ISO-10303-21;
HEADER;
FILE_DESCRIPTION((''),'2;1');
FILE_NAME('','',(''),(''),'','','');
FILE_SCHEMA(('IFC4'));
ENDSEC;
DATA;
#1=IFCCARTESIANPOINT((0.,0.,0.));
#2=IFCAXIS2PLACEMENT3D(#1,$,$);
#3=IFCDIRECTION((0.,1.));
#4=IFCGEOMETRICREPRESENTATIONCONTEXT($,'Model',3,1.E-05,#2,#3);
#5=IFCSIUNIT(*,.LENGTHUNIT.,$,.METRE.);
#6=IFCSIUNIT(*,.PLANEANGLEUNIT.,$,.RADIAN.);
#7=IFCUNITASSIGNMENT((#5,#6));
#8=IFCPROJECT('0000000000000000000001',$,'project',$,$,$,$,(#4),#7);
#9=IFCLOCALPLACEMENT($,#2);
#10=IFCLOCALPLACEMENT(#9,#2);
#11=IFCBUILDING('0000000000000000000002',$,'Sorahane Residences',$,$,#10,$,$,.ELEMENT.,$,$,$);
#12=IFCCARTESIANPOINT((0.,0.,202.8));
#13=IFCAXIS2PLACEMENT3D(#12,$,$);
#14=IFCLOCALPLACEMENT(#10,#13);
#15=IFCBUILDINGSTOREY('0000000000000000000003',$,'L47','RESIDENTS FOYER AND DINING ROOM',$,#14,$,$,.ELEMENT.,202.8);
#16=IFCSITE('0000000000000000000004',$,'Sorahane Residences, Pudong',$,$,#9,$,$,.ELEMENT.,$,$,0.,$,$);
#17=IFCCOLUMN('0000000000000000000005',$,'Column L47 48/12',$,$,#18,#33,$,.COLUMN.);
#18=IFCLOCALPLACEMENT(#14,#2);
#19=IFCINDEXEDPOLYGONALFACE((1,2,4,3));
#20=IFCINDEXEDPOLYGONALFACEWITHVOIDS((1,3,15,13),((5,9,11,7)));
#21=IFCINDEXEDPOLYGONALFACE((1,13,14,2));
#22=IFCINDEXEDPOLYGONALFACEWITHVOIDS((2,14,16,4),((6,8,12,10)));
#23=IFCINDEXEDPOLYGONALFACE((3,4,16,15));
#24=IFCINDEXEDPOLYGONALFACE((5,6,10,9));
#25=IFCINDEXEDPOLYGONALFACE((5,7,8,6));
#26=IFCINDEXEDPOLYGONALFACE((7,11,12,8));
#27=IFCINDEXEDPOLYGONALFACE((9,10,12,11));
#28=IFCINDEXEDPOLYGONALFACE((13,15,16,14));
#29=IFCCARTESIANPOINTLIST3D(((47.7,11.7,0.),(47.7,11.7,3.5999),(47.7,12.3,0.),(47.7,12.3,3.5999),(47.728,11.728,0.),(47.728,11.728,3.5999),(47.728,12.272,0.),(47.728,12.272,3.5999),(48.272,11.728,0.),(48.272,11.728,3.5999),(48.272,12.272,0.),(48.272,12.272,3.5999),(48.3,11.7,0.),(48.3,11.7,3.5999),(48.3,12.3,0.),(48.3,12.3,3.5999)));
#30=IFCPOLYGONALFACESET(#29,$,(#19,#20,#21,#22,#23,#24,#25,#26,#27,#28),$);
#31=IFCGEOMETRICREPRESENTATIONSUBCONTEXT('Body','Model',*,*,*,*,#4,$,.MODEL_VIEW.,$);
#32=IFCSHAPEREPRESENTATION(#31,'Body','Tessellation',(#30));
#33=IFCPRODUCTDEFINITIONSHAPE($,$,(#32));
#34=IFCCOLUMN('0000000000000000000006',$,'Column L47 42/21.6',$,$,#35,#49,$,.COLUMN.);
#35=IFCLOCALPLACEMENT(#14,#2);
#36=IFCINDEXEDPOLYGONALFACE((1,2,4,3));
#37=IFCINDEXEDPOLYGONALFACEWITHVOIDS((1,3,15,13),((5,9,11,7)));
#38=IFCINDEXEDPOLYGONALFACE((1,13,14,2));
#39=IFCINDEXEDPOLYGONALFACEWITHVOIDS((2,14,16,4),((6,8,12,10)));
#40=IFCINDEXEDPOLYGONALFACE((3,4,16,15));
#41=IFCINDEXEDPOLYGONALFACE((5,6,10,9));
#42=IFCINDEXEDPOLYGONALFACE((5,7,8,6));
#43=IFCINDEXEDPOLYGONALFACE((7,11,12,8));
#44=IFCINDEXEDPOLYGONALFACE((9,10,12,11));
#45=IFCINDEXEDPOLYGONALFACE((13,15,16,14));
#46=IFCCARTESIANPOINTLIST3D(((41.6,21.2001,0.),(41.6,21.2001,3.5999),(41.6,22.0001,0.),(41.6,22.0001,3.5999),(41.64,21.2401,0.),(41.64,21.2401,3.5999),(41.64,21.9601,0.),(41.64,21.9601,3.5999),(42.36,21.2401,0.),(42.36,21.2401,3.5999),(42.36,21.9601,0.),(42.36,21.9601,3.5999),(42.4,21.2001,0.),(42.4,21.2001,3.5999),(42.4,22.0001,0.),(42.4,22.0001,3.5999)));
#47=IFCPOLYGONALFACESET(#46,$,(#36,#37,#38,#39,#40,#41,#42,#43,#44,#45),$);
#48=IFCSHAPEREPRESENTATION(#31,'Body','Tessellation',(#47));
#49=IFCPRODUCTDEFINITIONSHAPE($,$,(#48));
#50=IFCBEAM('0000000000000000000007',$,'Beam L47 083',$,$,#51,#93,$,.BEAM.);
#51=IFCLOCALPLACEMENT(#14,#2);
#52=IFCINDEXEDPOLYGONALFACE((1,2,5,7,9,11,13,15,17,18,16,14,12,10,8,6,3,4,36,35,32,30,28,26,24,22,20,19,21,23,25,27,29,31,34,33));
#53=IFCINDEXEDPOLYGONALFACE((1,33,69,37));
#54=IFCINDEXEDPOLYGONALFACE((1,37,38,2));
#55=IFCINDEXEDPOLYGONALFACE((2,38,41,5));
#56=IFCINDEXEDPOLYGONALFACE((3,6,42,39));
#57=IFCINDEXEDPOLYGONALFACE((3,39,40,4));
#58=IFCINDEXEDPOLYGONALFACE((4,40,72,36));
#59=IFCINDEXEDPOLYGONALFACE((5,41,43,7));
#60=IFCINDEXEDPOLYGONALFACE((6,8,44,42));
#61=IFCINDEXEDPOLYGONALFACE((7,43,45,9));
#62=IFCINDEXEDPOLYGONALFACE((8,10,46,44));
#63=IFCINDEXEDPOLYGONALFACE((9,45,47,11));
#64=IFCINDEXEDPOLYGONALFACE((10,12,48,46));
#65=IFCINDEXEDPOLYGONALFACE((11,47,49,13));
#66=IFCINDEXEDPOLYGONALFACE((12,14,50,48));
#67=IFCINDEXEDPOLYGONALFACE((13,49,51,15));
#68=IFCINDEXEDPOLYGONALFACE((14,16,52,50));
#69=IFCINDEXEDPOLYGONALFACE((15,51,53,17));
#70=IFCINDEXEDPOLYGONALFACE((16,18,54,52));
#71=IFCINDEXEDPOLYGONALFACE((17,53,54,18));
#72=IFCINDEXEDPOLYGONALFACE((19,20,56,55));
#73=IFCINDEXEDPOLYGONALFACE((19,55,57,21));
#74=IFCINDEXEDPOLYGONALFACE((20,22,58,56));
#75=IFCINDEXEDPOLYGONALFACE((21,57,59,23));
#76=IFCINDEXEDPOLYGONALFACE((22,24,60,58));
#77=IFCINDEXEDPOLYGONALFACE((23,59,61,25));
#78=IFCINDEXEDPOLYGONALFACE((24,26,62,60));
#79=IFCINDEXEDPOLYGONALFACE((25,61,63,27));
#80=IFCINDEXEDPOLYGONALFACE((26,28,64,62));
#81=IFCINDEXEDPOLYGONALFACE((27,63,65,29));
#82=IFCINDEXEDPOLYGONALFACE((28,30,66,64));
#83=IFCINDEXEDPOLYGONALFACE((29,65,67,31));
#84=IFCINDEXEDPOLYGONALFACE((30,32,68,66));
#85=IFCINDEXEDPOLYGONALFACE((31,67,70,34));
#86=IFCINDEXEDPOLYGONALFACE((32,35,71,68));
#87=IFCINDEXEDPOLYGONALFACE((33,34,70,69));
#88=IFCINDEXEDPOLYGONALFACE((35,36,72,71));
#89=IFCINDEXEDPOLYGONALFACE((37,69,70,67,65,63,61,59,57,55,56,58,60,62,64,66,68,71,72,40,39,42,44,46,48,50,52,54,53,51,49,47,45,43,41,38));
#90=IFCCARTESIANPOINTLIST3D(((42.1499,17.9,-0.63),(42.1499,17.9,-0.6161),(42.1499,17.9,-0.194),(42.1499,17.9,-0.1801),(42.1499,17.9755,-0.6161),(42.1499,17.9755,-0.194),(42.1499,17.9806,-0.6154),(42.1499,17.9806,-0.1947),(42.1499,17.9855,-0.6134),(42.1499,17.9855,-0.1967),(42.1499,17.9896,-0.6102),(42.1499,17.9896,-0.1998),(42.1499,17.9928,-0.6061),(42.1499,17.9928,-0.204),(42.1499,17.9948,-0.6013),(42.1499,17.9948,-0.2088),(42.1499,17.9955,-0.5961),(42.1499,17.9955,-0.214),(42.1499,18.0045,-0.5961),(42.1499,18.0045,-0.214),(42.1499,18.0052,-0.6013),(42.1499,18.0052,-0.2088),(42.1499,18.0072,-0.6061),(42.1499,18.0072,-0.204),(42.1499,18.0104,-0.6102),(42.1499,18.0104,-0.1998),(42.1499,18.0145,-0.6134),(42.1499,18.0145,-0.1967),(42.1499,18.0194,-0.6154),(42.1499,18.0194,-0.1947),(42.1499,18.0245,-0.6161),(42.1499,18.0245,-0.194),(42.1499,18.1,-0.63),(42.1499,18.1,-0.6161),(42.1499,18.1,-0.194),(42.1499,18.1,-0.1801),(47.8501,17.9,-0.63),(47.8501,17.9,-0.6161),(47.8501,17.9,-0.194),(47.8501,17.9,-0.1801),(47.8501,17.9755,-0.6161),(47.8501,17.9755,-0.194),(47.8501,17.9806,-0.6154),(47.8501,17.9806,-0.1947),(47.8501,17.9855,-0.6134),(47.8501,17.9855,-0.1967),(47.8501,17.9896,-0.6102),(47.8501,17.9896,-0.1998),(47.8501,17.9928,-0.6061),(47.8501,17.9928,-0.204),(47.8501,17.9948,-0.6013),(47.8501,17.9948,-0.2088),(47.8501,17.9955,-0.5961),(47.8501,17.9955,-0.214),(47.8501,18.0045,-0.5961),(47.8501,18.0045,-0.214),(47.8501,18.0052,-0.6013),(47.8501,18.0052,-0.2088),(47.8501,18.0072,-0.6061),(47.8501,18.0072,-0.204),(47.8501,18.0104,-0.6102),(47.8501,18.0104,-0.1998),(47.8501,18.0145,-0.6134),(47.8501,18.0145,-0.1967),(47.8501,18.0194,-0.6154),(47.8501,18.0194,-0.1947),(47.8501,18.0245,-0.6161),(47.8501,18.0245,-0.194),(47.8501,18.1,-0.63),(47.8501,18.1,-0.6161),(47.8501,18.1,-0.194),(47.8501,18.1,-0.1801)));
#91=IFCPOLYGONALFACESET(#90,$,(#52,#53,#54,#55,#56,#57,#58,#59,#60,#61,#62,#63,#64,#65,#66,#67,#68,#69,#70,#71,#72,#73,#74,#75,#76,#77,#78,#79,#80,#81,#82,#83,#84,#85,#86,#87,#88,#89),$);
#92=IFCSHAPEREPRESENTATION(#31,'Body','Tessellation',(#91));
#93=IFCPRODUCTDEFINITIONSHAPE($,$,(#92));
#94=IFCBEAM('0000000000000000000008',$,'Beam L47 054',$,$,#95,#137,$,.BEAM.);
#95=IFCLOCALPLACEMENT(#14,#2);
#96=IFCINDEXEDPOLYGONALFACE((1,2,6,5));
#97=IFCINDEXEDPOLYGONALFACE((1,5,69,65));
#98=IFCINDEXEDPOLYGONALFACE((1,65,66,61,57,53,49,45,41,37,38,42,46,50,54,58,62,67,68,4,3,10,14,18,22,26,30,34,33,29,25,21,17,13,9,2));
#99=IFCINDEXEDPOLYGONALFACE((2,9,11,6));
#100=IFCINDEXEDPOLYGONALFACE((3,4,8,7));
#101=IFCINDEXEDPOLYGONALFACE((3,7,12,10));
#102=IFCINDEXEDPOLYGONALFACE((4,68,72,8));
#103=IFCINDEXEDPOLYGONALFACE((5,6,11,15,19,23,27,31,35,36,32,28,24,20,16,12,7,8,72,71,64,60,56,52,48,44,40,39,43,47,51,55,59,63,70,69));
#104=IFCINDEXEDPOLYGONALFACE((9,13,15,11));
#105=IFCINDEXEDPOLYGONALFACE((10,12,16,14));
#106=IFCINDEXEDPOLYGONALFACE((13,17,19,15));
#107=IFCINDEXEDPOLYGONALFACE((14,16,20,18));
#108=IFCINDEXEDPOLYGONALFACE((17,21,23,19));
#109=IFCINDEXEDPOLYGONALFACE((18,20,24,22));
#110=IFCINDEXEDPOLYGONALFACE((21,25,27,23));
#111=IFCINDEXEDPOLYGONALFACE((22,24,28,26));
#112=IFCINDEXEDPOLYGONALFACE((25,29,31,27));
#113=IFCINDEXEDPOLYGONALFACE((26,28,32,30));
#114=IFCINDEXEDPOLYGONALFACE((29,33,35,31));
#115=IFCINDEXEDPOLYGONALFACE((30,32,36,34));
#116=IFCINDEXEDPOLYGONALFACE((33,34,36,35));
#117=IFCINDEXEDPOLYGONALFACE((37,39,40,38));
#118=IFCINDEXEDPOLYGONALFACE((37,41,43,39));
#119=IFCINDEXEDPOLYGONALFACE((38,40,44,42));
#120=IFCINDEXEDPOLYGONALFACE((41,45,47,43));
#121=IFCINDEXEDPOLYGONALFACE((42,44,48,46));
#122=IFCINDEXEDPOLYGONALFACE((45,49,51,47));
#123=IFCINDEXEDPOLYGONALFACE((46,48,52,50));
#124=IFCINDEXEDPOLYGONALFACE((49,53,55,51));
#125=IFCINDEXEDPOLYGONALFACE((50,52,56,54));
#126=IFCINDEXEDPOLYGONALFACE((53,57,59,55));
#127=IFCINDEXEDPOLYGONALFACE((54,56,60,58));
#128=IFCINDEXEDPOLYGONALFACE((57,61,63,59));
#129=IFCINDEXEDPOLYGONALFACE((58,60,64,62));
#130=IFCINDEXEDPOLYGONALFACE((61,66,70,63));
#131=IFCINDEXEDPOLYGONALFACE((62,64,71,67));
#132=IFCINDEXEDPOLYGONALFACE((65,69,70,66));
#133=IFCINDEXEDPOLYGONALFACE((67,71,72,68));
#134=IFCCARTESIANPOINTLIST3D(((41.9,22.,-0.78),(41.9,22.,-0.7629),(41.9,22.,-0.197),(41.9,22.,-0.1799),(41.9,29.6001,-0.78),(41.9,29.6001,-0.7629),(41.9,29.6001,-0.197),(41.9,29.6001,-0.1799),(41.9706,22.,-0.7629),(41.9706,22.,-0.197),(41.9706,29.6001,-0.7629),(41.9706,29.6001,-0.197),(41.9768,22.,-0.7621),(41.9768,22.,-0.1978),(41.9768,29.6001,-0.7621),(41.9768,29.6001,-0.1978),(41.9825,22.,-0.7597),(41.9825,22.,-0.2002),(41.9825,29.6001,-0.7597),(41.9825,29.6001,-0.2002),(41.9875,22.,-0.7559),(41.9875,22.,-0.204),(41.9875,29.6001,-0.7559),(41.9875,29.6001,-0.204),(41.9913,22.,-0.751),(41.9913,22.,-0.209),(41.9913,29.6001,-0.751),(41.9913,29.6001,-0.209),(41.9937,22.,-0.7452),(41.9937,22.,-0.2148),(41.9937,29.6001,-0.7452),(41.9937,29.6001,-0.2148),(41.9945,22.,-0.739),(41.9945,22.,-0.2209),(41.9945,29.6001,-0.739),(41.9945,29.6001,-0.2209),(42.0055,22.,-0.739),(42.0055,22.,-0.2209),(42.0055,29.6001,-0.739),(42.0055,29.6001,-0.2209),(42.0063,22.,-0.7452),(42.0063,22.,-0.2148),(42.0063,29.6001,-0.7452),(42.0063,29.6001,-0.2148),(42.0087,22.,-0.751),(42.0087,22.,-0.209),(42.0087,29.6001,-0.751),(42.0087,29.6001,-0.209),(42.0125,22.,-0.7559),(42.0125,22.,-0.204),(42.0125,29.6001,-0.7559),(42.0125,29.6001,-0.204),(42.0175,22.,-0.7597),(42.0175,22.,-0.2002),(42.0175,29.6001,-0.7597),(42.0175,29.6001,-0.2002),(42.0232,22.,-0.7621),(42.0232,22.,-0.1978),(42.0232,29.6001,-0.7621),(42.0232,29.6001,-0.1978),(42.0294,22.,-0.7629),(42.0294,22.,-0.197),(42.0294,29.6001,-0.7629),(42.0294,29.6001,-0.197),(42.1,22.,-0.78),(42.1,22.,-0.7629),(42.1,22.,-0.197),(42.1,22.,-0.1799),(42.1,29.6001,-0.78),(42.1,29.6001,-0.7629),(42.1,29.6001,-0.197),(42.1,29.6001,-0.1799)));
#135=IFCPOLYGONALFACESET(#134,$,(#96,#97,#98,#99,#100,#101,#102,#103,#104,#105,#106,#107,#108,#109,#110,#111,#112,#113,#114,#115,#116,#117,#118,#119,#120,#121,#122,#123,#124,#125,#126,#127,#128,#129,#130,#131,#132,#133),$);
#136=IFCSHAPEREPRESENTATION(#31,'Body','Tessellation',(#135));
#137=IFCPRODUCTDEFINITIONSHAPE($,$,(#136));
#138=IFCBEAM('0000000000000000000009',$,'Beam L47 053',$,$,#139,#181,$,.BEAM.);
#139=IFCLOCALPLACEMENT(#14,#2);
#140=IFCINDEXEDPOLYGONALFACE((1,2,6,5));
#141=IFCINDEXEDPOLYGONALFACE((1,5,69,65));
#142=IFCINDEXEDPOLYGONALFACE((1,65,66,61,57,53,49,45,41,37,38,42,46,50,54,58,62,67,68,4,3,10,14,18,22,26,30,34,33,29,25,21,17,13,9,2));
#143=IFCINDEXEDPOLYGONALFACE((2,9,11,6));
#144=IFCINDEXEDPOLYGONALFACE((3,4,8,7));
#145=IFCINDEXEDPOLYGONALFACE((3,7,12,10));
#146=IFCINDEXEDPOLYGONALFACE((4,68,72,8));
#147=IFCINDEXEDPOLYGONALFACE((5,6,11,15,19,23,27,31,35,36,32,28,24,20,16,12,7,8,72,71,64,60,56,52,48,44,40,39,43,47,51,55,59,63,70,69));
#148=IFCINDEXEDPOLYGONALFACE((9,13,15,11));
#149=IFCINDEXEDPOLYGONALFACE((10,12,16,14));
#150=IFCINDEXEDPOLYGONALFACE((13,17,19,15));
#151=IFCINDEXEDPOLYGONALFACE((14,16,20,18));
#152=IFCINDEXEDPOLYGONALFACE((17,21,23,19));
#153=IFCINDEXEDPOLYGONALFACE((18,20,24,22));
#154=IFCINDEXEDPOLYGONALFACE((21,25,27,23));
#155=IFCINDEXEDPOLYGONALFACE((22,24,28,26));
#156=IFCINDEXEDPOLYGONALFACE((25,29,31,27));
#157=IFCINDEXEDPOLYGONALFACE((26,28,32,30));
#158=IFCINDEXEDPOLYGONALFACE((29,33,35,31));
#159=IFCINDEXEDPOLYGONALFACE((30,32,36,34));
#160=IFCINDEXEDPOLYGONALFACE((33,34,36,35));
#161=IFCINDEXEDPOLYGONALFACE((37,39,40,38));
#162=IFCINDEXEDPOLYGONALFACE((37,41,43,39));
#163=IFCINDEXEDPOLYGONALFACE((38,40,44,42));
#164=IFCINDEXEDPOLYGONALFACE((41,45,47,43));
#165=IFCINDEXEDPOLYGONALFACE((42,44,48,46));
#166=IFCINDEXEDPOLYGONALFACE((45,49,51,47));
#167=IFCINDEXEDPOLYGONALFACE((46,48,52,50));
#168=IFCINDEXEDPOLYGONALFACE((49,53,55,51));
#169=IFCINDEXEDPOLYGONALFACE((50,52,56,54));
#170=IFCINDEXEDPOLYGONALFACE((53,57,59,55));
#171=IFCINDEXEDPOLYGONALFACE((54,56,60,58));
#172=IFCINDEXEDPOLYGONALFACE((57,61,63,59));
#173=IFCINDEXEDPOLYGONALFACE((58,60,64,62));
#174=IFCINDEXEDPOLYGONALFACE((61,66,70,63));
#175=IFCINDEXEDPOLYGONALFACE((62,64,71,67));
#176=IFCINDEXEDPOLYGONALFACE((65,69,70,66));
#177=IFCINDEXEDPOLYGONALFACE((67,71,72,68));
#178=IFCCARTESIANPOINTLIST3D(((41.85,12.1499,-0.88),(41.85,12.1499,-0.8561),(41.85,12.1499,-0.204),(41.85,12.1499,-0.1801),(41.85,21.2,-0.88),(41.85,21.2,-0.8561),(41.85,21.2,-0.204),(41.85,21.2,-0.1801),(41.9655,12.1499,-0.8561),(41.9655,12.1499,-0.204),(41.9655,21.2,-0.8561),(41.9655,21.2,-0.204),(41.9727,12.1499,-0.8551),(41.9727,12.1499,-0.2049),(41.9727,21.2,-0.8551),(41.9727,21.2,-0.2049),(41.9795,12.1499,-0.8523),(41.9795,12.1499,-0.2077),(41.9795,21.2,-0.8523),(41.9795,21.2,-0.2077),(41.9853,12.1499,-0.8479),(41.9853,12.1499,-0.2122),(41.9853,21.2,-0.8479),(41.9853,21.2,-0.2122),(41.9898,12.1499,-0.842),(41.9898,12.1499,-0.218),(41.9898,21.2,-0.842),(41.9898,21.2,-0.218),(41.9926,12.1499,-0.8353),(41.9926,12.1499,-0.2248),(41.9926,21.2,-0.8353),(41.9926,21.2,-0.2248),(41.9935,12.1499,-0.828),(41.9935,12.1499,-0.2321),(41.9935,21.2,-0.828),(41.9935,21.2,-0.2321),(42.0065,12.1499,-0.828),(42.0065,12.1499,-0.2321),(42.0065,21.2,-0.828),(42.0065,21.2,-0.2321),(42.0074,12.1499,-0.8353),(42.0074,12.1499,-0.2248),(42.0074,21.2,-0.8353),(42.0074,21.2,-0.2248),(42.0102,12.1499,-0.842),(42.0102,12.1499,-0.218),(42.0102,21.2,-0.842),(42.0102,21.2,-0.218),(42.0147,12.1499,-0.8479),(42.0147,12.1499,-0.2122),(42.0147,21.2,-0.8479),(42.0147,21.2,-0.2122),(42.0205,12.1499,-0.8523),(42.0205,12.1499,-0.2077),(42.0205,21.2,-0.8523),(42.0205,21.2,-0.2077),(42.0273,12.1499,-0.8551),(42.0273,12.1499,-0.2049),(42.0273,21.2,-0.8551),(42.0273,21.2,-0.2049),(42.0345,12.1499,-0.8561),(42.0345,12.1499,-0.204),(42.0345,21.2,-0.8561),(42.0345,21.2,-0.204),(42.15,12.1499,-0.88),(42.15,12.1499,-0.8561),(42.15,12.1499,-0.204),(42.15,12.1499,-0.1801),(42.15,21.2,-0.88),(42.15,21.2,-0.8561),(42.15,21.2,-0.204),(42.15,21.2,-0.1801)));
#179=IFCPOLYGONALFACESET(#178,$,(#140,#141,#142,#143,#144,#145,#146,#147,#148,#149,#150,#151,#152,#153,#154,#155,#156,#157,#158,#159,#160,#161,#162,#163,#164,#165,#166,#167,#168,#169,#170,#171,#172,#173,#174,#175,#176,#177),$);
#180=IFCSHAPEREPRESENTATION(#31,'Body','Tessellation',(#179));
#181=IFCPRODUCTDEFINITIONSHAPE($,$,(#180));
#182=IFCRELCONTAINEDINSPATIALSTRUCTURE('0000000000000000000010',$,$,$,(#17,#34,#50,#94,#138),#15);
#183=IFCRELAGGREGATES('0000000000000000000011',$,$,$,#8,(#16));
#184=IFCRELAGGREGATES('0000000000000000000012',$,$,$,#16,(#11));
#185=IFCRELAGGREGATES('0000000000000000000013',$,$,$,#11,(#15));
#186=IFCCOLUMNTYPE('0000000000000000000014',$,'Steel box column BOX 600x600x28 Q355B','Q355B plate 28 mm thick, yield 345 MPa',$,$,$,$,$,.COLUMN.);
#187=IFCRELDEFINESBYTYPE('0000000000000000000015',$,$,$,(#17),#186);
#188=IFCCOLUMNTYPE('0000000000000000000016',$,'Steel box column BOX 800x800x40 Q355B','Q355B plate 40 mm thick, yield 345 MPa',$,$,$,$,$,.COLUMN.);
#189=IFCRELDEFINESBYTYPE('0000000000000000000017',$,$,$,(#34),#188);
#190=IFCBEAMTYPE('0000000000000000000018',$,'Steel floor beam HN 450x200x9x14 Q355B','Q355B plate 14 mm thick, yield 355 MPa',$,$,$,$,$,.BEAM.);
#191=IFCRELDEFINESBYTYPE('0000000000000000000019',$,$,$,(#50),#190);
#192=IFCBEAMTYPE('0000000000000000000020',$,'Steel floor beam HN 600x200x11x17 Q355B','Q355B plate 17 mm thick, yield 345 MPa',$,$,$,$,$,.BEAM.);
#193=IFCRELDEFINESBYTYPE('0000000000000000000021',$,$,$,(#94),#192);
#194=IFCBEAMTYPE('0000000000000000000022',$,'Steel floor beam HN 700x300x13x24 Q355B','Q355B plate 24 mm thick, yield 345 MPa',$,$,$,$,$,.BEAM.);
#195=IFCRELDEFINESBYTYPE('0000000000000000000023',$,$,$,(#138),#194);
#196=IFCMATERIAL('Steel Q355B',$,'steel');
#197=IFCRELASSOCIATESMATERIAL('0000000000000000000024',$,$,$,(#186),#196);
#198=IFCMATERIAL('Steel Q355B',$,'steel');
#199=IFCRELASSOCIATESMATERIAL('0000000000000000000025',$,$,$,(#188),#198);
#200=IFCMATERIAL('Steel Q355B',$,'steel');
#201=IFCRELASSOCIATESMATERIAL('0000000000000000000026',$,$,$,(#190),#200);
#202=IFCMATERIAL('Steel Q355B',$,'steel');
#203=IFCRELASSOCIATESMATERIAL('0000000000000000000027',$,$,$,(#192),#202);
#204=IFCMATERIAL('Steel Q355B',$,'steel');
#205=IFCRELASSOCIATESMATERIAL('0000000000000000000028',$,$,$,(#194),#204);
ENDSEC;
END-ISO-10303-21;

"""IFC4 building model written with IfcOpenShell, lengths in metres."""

from ifc_helpers import new_model, si_unit, direction, frame, origin, origin_2d, place, context, subcontext, project, spatial, hollow_rectangle, i_section, extrude, material, material_profile, profile_set, type_object, element, save


model = new_model("IFC4")

# Units and contexts
model_context = context("Model", 3, precision=1e-05, world=origin(), true_north=direction((0.0, 1.0)))
body_context = subcontext(model_context, "Body", "Model", "MODEL_VIEW")
ifc_project = project(units=[si_unit("LENGTHUNIT", "METRE"), si_unit("PLANEANGLEUNIT", "RADIAN")], contexts=[model_context])

# Site, building, storey
site_placement = place(None, origin())
site = spatial("IfcSite", under=ifc_project, at=site_placement, Name="Sorahane Residences, Pudong", CompositionType="ELEMENT", RefElevation=0.0)
building_placement = place(site_placement, origin())
building = spatial("IfcBuilding", under=site, at=building_placement, Name="Sorahane Residences", CompositionType="ELEMENT")
storey_placement = place(building_placement, frame((0.0, 0.0, 202.8)))
storey = spatial("IfcBuildingStorey", under=building, at=storey_placement, Name="L47", Description="RESIDENTS FOYER AND DINING ROOM", CompositionType="ELEMENT", Elevation=202.8)

# Columns
ifc_material_1 = material(Name="Steel Q355B", Category="steel")
ifc_material_profile_1 = material_profile(ifc_material_1, hollow_rectangle(XDim=0.6001, YDim=0.6001, WallThickness=0.0281, at=origin_2d()), Name="BOX 600x600x28")
ifc_profile_set_1 = profile_set([ifc_material_profile_1], Name="Steel Q355B")
column_type_1 = type_object("IfcColumnType", Name="Steel box column BOX 600x600x28 Q355B", Description="Q355B plate 28 mm thick, yield 345 MPa", PredefinedType="COLUMN", material=ifc_profile_set_1)
column_1_placement = place(storey_placement, frame((48.0, 12.0, 0.0), z_axis=(0.0, 0.0, 1.0), x_axis=(1.0, 0.0, 0.0)))
element("IfcColumn", 1, at=column_1_placement, inside=storey, type_object=column_type_1, Name="Column L47 48/12", PredefinedType="COLUMN", context=body_context, shape_type="SweptSolid", body=[
    extrude(hollow_rectangle(XDim=0.6001, YDim=0.6001, WallThickness=0.0281, at=origin_2d()), origin(), (0.0, 0.0, 1.0), 3.5999),
])
ifc_material_2 = material(Name="Steel Q355B", Category="steel")
ifc_material_profile_2 = material_profile(ifc_material_2, hollow_rectangle(XDim=0.8, YDim=0.8, WallThickness=0.04, at=origin_2d()), Name="BOX 800x800x40")
ifc_profile_set_2 = profile_set([ifc_material_profile_2], Name="Steel Q355B")
column_type_2 = type_object("IfcColumnType", Name="Steel box column BOX 800x800x40 Q355B", Description="Q355B plate 40 mm thick, yield 345 MPa", PredefinedType="COLUMN", material=ifc_profile_set_2)
column_2_placement = place(storey_placement, frame((42.0, 21.6001, 0.0), z_axis=(0.0, 0.0, 1.0), x_axis=(1.0, 0.0, 0.0)))
element("IfcColumn", 2, at=column_2_placement, inside=storey, type_object=column_type_2, Name="Column L47 42/21.6", PredefinedType="COLUMN", context=body_context, shape_type="SweptSolid", body=[
    extrude(hollow_rectangle(XDim=0.8, YDim=0.8, WallThickness=0.04, at=origin_2d()), origin(), (0.0, 0.0, 1.0), 3.5999),
])

# Beams
ifc_material_3 = material(Name="Steel Q355B", Category="steel")
ifc_material_profile_3 = material_profile(ifc_material_3, i_section(OverallWidth=0.2, OverallDepth=0.45, WebThickness=0.009, FlangeThickness=0.0139, FilletRadius=0.02, at=origin_2d()), Name="HN 450x200x9x14")
ifc_profile_set_3 = profile_set([ifc_material_profile_3], Name="Steel Q355B")
beam_type_1 = type_object("IfcBeamType", Name="Steel floor beam HN 450x200x9x14 Q355B", Description="Q355B plate 14 mm thick, yield 355 MPa", PredefinedType="BEAM", material=ifc_profile_set_3)
beam_1_placement = place(storey_placement, frame((42.1499, 18.0, -0.405), z_axis=(1.0, 0.0, 0.0), x_axis=(0.0, 1.0, 0.0)))
element("IfcBeam", 3, at=beam_1_placement, inside=storey, type_object=beam_type_1, Name="Beam L47 083", PredefinedType="BEAM", context=body_context, shape_type="SweptSolid", body=[
    extrude(i_section(OverallWidth=0.2, OverallDepth=0.45, WebThickness=0.009, FlangeThickness=0.0139, FilletRadius=0.02, at=origin_2d()), origin(), (0.0, 0.0, 1.0), 5.7002),
])
ifc_material_4 = material(Name="Steel Q355B", Category="steel")
ifc_material_profile_4 = material_profile(ifc_material_4, i_section(OverallWidth=0.2, OverallDepth=0.6001, WebThickness=0.011, FlangeThickness=0.0171, FilletRadius=0.0239, at=origin_2d()), Name="HN 600x200x11x17")
ifc_profile_set_4 = profile_set([ifc_material_profile_4], Name="Steel Q355B")
beam_type_2 = type_object("IfcBeamType", Name="Steel floor beam HN 600x200x11x17 Q355B", Description="Q355B plate 17 mm thick, yield 345 MPa", PredefinedType="BEAM", material=ifc_profile_set_4)
beam_2_placement = place(storey_placement, frame((42.0, 22.0, -0.48), z_axis=(0.0, 1.0, 0.0), x_axis=(-1.0, 0.0, 0.0)))
element("IfcBeam", 4, at=beam_2_placement, inside=storey, type_object=beam_type_2, Name="Beam L47 054", PredefinedType="BEAM", context=body_context, shape_type="SweptSolid", body=[
    extrude(i_section(OverallWidth=0.2, OverallDepth=0.6001, WebThickness=0.011, FlangeThickness=0.0171, FilletRadius=0.0239, at=origin_2d()), origin(), (0.0, 0.0, 1.0), 7.6001),
])
ifc_material_5 = material(Name="Steel Q355B", Category="steel")
ifc_material_profile_5 = material_profile(ifc_material_5, i_section(OverallWidth=0.3, OverallDepth=0.7, WebThickness=0.0129, FlangeThickness=0.0239, FilletRadius=0.0281, at=origin_2d()), Name="HN 700x300x13x24")
ifc_profile_set_5 = profile_set([ifc_material_profile_5], Name="Steel Q355B")
beam_type_3 = type_object("IfcBeamType", Name="Steel floor beam HN 700x300x13x24 Q355B", Description="Q355B plate 24 mm thick, yield 345 MPa", PredefinedType="BEAM", material=ifc_profile_set_5)
beam_3_placement = place(storey_placement, frame((42.0, 12.1499, -0.53), z_axis=(0.0, 1.0, 0.0), x_axis=(-1.0, 0.0, 0.0)))
element("IfcBeam", 5, at=beam_3_placement, inside=storey, type_object=beam_type_3, Name="Beam L47 053", PredefinedType="BEAM", context=body_context, shape_type="SweptSolid", body=[
    extrude(i_section(OverallWidth=0.3, OverallDepth=0.7, WebThickness=0.0129, FlangeThickness=0.0239, FilletRadius=0.0281, at=origin_2d()), origin(), (0.0, 0.0, 1.0), 9.05),
])

save(model, "model.ifc")
